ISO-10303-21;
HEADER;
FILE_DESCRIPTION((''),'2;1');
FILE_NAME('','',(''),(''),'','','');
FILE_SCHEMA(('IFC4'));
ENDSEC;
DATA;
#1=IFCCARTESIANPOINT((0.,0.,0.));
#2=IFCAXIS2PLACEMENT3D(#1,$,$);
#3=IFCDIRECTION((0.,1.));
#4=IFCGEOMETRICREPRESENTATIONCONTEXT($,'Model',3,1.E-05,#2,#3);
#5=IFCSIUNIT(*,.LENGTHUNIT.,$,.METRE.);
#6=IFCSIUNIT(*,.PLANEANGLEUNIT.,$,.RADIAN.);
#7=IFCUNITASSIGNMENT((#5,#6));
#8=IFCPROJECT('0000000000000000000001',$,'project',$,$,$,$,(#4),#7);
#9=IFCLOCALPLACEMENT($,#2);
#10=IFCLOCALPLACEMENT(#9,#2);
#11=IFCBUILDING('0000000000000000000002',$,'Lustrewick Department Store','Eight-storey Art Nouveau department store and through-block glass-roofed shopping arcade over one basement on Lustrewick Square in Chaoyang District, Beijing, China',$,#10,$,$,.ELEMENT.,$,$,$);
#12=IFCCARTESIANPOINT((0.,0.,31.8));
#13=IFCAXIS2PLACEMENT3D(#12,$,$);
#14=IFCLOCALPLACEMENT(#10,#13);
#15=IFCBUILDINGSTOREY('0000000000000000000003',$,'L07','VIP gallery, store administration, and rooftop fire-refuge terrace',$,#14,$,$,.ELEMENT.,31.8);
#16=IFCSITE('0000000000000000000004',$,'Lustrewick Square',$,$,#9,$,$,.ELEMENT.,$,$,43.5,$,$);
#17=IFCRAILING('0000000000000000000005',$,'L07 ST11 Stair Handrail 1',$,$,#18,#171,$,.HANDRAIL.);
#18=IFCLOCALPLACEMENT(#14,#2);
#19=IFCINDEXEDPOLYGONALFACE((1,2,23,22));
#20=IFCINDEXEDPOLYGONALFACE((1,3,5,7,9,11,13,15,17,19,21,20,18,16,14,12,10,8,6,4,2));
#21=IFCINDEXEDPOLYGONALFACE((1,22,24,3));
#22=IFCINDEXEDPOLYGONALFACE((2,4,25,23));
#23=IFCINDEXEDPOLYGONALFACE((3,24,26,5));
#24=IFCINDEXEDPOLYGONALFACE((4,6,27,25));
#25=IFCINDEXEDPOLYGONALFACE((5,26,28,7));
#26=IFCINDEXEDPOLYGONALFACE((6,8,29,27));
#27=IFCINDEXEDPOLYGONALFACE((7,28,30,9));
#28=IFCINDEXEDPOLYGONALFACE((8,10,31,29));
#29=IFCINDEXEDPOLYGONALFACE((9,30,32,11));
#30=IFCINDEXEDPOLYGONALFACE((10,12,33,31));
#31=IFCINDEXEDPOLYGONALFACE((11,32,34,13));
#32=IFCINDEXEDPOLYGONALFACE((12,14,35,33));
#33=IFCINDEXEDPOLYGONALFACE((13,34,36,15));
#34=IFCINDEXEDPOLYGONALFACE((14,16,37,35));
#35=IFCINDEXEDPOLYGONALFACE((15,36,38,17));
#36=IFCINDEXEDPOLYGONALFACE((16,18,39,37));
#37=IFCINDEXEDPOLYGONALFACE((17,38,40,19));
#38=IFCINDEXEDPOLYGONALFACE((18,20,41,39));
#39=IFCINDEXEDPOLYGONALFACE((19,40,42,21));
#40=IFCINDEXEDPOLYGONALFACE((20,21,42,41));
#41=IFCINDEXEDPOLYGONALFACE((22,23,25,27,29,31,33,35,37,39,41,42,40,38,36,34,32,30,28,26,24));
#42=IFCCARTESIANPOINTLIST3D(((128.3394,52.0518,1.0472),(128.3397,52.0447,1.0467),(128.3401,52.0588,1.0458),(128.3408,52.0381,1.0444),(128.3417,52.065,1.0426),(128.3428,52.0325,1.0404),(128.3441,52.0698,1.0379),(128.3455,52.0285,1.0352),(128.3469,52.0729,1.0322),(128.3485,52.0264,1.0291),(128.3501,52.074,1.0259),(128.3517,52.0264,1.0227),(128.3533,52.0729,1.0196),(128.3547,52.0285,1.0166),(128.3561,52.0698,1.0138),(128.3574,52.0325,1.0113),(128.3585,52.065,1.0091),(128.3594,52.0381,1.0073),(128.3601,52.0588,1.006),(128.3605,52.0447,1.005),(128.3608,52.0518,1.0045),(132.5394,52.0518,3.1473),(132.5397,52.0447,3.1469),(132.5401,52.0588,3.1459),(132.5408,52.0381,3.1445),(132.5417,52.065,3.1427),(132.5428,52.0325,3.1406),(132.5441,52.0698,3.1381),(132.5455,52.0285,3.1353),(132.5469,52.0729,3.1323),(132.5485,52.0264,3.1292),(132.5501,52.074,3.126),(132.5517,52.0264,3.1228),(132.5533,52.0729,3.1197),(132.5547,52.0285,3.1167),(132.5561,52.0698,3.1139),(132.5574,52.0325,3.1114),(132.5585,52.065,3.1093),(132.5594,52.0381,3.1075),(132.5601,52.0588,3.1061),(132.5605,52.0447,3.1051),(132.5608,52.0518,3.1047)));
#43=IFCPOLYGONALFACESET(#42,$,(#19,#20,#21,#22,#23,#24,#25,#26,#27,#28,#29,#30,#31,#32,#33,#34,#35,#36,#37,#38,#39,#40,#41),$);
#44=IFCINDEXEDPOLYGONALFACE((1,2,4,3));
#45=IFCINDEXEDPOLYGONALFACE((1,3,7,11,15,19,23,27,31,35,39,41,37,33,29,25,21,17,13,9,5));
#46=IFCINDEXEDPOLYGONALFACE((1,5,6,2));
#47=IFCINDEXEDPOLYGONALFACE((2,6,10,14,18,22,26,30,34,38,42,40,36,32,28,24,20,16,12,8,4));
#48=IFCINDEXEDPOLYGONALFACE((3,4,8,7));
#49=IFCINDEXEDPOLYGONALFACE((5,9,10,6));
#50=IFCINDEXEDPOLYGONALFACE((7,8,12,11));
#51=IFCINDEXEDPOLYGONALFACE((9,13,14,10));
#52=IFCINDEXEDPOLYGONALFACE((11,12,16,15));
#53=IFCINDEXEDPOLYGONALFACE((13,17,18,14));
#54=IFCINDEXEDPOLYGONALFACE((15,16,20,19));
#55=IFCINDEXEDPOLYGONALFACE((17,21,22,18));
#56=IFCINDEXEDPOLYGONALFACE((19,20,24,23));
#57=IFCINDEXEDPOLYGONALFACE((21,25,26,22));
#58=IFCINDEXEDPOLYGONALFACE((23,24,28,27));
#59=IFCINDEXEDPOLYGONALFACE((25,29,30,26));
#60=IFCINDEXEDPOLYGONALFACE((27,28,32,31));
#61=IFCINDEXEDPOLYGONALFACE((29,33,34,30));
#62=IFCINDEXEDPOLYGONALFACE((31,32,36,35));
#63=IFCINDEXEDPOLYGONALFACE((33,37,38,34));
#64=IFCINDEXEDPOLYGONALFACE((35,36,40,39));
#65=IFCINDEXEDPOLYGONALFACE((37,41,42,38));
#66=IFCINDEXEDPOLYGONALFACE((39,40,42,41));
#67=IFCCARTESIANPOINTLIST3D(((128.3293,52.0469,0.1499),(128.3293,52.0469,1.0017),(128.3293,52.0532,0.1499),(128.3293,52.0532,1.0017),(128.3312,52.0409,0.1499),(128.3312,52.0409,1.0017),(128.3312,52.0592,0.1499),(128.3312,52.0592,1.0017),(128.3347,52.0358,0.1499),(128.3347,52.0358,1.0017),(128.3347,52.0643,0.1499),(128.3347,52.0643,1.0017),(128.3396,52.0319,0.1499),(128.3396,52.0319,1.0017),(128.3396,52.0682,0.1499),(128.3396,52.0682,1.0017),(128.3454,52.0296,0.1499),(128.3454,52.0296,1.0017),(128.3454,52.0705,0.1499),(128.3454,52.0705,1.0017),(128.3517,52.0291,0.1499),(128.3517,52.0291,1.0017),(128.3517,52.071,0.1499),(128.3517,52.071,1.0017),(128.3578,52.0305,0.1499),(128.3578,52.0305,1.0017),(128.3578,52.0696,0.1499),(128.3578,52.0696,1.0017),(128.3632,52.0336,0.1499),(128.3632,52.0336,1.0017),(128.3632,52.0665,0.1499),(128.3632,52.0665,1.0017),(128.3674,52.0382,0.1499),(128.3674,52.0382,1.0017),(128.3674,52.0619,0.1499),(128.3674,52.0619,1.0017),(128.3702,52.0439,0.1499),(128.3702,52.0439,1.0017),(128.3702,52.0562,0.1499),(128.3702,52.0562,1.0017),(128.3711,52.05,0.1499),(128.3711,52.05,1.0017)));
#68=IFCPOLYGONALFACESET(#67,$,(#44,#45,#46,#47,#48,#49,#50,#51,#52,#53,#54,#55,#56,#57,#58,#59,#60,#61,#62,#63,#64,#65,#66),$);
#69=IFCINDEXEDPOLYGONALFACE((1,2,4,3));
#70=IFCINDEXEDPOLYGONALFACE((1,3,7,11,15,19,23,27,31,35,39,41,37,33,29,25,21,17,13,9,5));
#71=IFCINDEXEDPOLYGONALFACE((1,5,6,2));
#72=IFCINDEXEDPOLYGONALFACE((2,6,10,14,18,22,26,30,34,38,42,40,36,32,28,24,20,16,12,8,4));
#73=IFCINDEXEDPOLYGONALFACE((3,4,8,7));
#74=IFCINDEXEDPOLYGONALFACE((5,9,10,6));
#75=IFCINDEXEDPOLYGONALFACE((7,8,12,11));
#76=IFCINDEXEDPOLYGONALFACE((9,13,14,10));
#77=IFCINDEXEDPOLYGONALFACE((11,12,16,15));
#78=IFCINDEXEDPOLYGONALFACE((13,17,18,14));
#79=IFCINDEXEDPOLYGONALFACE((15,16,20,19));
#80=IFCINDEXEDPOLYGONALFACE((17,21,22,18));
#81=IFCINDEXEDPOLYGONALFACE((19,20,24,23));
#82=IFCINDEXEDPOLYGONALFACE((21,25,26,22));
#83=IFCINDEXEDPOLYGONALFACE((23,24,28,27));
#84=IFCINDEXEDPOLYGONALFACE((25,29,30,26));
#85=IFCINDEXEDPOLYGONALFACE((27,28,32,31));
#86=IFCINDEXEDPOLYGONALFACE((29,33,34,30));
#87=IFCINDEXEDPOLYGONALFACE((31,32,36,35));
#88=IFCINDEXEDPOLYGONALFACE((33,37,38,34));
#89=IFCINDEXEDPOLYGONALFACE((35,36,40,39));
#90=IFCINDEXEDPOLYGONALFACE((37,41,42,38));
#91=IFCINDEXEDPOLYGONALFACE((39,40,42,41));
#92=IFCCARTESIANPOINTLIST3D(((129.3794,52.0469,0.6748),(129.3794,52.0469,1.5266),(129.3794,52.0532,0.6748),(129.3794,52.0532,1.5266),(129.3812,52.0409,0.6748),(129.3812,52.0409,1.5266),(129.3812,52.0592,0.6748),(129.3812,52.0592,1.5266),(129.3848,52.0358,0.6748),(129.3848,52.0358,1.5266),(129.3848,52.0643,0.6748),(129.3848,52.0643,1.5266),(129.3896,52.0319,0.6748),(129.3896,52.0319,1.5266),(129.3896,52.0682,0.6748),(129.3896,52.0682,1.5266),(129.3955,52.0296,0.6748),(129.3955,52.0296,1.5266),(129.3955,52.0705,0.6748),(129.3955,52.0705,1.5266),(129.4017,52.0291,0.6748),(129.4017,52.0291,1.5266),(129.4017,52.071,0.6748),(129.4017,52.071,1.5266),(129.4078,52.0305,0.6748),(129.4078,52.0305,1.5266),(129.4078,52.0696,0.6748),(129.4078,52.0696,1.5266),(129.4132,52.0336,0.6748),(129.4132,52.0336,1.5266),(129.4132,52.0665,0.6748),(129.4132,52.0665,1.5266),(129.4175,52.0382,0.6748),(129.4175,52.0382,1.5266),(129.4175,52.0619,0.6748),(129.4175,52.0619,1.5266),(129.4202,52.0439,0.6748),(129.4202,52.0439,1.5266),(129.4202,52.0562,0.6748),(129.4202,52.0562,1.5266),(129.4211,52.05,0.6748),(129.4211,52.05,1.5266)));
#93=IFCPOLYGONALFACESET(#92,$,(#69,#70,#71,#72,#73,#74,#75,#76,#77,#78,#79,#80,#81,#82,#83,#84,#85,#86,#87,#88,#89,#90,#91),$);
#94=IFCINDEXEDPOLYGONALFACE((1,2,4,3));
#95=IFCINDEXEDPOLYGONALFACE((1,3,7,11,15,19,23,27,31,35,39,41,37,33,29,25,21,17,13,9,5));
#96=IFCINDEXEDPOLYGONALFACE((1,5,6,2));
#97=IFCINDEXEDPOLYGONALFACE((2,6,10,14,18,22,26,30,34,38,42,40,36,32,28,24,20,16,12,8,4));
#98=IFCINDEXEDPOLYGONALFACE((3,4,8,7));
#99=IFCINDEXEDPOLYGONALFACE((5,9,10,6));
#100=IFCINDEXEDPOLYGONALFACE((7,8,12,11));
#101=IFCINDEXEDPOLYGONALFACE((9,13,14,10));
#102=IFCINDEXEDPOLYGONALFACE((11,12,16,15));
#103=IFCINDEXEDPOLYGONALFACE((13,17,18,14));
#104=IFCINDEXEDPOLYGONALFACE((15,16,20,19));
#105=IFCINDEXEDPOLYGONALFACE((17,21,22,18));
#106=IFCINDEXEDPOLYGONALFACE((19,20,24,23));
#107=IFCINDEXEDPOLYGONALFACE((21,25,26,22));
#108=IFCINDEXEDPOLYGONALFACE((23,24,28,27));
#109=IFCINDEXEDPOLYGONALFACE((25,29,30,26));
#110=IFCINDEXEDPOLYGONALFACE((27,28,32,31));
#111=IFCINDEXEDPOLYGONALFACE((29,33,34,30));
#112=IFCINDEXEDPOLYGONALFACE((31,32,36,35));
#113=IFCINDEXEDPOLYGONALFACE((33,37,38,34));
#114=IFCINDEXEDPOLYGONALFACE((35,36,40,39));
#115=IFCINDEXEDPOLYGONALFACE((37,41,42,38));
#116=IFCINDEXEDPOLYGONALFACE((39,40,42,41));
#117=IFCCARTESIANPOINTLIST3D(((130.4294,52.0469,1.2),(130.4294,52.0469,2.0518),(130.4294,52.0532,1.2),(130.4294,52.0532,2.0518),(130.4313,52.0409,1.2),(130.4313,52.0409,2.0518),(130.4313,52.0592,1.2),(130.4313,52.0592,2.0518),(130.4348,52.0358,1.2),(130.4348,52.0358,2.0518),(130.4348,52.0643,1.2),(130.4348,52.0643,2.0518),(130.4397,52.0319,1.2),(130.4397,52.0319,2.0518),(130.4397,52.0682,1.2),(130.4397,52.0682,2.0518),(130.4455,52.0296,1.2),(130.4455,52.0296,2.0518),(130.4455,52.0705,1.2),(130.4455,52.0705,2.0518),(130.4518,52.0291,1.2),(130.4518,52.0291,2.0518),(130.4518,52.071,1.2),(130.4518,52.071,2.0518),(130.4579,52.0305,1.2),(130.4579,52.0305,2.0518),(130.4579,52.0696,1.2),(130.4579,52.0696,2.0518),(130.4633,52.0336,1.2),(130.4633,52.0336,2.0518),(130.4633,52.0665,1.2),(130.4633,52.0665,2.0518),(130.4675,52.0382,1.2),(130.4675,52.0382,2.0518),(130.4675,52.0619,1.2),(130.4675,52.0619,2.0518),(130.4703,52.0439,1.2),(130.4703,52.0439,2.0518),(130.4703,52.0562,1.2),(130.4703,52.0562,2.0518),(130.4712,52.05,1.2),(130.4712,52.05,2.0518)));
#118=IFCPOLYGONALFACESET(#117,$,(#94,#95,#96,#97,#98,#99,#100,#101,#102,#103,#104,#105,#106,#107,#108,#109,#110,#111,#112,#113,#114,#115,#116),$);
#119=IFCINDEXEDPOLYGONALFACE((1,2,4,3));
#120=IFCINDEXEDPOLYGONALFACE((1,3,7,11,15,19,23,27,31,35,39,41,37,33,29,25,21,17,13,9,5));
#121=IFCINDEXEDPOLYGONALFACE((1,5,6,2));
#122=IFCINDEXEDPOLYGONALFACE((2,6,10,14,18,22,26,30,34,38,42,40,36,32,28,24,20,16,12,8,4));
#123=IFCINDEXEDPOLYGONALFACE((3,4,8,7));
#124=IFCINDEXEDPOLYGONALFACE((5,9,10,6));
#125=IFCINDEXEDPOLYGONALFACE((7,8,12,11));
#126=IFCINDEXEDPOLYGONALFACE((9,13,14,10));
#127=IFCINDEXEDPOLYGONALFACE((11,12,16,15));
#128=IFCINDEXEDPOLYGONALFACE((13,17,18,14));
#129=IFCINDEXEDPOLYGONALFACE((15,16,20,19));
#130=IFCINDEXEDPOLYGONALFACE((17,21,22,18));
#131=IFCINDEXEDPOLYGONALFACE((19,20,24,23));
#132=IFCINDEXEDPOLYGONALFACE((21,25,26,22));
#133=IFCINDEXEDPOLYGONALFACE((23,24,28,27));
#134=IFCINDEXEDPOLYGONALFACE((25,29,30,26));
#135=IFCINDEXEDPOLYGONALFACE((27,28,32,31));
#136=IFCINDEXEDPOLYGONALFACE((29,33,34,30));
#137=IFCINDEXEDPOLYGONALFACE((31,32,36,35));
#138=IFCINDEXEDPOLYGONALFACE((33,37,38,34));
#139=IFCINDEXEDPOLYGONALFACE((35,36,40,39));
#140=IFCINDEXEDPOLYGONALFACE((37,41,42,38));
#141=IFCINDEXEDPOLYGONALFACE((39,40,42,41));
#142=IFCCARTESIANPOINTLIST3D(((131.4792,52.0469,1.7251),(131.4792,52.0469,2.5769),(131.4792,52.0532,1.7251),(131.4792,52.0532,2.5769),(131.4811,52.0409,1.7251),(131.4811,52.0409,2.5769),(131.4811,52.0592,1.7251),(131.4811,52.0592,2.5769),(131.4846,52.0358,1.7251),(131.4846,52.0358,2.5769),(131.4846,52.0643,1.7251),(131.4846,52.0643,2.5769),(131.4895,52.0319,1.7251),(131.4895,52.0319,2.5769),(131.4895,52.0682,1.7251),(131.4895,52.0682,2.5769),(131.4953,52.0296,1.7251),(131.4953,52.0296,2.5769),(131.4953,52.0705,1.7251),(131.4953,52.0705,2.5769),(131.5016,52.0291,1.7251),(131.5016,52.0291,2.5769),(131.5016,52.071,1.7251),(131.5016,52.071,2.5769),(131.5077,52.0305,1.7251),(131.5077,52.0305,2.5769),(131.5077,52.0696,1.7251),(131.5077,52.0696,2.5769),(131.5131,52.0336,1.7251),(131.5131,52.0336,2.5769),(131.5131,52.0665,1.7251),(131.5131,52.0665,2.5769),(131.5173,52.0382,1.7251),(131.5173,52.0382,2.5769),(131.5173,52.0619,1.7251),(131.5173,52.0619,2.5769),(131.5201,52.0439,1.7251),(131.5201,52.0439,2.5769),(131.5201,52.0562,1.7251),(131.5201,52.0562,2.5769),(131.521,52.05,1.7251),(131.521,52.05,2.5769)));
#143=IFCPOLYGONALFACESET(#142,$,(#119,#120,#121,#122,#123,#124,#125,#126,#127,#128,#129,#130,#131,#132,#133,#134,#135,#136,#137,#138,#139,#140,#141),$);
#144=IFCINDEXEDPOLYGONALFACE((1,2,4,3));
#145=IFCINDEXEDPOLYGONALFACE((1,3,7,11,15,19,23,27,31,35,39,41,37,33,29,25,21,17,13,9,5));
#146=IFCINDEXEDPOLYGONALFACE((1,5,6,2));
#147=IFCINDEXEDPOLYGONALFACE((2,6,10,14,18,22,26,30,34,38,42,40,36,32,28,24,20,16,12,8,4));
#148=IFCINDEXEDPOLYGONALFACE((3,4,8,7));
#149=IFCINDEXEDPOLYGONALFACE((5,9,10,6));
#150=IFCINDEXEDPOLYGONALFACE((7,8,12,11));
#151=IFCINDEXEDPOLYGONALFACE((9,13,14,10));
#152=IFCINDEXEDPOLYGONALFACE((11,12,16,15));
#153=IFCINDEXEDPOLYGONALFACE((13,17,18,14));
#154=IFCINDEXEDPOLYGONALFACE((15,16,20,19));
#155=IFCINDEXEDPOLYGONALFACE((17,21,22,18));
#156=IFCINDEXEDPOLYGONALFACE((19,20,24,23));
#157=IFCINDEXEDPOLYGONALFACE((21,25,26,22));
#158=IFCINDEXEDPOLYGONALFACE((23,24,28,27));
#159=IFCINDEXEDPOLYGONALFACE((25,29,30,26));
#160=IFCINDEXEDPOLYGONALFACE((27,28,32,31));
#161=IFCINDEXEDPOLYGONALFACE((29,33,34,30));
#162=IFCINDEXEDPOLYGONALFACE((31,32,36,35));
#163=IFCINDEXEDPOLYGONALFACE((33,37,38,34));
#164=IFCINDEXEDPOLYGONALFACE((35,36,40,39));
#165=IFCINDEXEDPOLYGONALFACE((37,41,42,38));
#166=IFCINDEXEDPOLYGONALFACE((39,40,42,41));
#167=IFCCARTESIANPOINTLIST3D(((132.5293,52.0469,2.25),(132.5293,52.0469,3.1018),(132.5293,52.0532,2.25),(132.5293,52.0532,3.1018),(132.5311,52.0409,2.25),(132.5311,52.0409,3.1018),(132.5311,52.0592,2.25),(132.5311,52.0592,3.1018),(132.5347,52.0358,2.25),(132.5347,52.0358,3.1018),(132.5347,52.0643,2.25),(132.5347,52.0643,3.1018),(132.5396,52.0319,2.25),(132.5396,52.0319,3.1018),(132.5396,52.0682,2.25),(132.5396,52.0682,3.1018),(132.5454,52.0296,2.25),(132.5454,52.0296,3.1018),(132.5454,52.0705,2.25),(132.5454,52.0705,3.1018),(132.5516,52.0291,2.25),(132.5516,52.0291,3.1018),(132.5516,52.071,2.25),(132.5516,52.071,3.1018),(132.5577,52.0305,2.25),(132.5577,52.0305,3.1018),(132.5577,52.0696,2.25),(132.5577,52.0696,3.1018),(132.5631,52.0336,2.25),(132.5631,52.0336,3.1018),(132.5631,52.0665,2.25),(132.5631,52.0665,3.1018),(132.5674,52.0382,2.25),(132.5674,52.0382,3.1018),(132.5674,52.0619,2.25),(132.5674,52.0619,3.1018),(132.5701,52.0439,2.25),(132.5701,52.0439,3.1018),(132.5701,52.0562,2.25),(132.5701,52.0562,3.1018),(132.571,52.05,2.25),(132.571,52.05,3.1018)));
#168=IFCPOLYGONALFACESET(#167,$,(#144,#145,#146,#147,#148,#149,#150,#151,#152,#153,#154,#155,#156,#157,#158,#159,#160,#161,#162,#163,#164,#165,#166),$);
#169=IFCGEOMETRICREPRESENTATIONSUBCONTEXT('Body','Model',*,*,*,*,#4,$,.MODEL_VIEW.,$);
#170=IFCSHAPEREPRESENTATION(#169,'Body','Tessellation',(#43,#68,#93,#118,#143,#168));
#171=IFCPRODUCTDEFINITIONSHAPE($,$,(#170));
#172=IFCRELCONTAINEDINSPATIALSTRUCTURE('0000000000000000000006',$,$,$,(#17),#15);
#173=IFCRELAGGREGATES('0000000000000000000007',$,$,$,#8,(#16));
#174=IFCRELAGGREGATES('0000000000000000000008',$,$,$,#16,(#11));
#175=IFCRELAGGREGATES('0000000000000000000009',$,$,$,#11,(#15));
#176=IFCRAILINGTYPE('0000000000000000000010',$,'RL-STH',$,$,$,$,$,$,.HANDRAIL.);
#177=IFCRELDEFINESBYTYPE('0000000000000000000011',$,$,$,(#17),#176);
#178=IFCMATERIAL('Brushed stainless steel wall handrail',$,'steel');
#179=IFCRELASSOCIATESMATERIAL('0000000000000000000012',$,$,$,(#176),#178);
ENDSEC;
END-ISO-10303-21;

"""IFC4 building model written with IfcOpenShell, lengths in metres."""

from ifc_helpers import new_model, si_unit, direction, frame, origin, origin_2d, place, context, subcontext, project, spatial, circle, extrude, material, type_object, element, save


model = new_model("IFC4")

# Units and contexts
model_context = context("Model", 3, precision=1e-05, world=origin(), true_north=direction((0.0, 1.0)))
body_context = subcontext(model_context, "Body", "Model", "MODEL_VIEW")
ifc_project = project(units=[si_unit("LENGTHUNIT", "METRE"), si_unit("PLANEANGLEUNIT", "RADIAN")], contexts=[model_context])

# Site, building, storey
site_placement = place(None, origin())
site = spatial("IfcSite", under=ifc_project, at=site_placement, Name="Lustrewick Square", CompositionType="ELEMENT", RefElevation=43.5)
building_placement = place(site_placement, origin())
building = spatial("IfcBuilding", under=site, at=building_placement, Name="Lustrewick Department Store", Description="Eight-storey Art Nouveau department store and through-block glass-roofed shopping arcade over one basement on Lustrewick Square in Chaoyang District, Beijing, China", CompositionType="ELEMENT")
storey_placement = place(building_placement, frame((0.0, 0.0, 31.8)))
storey = spatial("IfcBuildingStorey", under=building, at=storey_placement, Name="L07", Description="VIP gallery, store administration, and rooftop fire-refuge terrace", CompositionType="ELEMENT", Elevation=31.8)

# Railing
ifc_material_1 = material(Name="Brushed stainless steel wall handrail", Category="steel")
railing_type_1 = type_object("IfcRailingType", Name="RL-STH", PredefinedType="HANDRAIL", material=ifc_material_1)
railing_1_placement = place(storey_placement, frame((128.3501, 52.05, 0.1499)))
element("IfcRailing", 1, at=railing_1_placement, inside=storey, type_object=railing_type_1, Name="L07 ST11 Stair Handrail 1", PredefinedType="HANDRAIL", context=body_context, shape_type="SweptSolid", body=[
    extrude(circle(Radius=0.0239, at=origin_2d()), frame((0.0, 0.0, 0.876), z_axis=(0.894417, 0.0, 0.447234), x_axis=(0.0, 1.0, 0.0)), (0.0, 0.0, 1.0), 4.6958),
    extrude(circle(Radius=0.021, at=origin_2d()), origin(), (0.0, 0.0, 1.0), 0.8518),
    extrude(circle(Radius=0.021, at=origin_2d()), frame((1.05, 0.0, 0.5249)), (0.0, 0.0, 1.0), 0.8518),
    extrude(circle(Radius=0.021, at=origin_2d()), frame((2.1001, 0.0, 1.05)), (0.0, 0.0, 1.0), 0.8518),
    extrude(circle(Radius=0.021, at=origin_2d()), frame((3.1499, 0.0, 1.5752)), (0.0, 0.0, 1.0), 0.8518),
    extrude(circle(Radius=0.021, at=origin_2d()), frame((4.2, 0.0, 2.1001)), (0.0, 0.0, 1.0), 0.8518),
])

save(model, "model.ifc")
